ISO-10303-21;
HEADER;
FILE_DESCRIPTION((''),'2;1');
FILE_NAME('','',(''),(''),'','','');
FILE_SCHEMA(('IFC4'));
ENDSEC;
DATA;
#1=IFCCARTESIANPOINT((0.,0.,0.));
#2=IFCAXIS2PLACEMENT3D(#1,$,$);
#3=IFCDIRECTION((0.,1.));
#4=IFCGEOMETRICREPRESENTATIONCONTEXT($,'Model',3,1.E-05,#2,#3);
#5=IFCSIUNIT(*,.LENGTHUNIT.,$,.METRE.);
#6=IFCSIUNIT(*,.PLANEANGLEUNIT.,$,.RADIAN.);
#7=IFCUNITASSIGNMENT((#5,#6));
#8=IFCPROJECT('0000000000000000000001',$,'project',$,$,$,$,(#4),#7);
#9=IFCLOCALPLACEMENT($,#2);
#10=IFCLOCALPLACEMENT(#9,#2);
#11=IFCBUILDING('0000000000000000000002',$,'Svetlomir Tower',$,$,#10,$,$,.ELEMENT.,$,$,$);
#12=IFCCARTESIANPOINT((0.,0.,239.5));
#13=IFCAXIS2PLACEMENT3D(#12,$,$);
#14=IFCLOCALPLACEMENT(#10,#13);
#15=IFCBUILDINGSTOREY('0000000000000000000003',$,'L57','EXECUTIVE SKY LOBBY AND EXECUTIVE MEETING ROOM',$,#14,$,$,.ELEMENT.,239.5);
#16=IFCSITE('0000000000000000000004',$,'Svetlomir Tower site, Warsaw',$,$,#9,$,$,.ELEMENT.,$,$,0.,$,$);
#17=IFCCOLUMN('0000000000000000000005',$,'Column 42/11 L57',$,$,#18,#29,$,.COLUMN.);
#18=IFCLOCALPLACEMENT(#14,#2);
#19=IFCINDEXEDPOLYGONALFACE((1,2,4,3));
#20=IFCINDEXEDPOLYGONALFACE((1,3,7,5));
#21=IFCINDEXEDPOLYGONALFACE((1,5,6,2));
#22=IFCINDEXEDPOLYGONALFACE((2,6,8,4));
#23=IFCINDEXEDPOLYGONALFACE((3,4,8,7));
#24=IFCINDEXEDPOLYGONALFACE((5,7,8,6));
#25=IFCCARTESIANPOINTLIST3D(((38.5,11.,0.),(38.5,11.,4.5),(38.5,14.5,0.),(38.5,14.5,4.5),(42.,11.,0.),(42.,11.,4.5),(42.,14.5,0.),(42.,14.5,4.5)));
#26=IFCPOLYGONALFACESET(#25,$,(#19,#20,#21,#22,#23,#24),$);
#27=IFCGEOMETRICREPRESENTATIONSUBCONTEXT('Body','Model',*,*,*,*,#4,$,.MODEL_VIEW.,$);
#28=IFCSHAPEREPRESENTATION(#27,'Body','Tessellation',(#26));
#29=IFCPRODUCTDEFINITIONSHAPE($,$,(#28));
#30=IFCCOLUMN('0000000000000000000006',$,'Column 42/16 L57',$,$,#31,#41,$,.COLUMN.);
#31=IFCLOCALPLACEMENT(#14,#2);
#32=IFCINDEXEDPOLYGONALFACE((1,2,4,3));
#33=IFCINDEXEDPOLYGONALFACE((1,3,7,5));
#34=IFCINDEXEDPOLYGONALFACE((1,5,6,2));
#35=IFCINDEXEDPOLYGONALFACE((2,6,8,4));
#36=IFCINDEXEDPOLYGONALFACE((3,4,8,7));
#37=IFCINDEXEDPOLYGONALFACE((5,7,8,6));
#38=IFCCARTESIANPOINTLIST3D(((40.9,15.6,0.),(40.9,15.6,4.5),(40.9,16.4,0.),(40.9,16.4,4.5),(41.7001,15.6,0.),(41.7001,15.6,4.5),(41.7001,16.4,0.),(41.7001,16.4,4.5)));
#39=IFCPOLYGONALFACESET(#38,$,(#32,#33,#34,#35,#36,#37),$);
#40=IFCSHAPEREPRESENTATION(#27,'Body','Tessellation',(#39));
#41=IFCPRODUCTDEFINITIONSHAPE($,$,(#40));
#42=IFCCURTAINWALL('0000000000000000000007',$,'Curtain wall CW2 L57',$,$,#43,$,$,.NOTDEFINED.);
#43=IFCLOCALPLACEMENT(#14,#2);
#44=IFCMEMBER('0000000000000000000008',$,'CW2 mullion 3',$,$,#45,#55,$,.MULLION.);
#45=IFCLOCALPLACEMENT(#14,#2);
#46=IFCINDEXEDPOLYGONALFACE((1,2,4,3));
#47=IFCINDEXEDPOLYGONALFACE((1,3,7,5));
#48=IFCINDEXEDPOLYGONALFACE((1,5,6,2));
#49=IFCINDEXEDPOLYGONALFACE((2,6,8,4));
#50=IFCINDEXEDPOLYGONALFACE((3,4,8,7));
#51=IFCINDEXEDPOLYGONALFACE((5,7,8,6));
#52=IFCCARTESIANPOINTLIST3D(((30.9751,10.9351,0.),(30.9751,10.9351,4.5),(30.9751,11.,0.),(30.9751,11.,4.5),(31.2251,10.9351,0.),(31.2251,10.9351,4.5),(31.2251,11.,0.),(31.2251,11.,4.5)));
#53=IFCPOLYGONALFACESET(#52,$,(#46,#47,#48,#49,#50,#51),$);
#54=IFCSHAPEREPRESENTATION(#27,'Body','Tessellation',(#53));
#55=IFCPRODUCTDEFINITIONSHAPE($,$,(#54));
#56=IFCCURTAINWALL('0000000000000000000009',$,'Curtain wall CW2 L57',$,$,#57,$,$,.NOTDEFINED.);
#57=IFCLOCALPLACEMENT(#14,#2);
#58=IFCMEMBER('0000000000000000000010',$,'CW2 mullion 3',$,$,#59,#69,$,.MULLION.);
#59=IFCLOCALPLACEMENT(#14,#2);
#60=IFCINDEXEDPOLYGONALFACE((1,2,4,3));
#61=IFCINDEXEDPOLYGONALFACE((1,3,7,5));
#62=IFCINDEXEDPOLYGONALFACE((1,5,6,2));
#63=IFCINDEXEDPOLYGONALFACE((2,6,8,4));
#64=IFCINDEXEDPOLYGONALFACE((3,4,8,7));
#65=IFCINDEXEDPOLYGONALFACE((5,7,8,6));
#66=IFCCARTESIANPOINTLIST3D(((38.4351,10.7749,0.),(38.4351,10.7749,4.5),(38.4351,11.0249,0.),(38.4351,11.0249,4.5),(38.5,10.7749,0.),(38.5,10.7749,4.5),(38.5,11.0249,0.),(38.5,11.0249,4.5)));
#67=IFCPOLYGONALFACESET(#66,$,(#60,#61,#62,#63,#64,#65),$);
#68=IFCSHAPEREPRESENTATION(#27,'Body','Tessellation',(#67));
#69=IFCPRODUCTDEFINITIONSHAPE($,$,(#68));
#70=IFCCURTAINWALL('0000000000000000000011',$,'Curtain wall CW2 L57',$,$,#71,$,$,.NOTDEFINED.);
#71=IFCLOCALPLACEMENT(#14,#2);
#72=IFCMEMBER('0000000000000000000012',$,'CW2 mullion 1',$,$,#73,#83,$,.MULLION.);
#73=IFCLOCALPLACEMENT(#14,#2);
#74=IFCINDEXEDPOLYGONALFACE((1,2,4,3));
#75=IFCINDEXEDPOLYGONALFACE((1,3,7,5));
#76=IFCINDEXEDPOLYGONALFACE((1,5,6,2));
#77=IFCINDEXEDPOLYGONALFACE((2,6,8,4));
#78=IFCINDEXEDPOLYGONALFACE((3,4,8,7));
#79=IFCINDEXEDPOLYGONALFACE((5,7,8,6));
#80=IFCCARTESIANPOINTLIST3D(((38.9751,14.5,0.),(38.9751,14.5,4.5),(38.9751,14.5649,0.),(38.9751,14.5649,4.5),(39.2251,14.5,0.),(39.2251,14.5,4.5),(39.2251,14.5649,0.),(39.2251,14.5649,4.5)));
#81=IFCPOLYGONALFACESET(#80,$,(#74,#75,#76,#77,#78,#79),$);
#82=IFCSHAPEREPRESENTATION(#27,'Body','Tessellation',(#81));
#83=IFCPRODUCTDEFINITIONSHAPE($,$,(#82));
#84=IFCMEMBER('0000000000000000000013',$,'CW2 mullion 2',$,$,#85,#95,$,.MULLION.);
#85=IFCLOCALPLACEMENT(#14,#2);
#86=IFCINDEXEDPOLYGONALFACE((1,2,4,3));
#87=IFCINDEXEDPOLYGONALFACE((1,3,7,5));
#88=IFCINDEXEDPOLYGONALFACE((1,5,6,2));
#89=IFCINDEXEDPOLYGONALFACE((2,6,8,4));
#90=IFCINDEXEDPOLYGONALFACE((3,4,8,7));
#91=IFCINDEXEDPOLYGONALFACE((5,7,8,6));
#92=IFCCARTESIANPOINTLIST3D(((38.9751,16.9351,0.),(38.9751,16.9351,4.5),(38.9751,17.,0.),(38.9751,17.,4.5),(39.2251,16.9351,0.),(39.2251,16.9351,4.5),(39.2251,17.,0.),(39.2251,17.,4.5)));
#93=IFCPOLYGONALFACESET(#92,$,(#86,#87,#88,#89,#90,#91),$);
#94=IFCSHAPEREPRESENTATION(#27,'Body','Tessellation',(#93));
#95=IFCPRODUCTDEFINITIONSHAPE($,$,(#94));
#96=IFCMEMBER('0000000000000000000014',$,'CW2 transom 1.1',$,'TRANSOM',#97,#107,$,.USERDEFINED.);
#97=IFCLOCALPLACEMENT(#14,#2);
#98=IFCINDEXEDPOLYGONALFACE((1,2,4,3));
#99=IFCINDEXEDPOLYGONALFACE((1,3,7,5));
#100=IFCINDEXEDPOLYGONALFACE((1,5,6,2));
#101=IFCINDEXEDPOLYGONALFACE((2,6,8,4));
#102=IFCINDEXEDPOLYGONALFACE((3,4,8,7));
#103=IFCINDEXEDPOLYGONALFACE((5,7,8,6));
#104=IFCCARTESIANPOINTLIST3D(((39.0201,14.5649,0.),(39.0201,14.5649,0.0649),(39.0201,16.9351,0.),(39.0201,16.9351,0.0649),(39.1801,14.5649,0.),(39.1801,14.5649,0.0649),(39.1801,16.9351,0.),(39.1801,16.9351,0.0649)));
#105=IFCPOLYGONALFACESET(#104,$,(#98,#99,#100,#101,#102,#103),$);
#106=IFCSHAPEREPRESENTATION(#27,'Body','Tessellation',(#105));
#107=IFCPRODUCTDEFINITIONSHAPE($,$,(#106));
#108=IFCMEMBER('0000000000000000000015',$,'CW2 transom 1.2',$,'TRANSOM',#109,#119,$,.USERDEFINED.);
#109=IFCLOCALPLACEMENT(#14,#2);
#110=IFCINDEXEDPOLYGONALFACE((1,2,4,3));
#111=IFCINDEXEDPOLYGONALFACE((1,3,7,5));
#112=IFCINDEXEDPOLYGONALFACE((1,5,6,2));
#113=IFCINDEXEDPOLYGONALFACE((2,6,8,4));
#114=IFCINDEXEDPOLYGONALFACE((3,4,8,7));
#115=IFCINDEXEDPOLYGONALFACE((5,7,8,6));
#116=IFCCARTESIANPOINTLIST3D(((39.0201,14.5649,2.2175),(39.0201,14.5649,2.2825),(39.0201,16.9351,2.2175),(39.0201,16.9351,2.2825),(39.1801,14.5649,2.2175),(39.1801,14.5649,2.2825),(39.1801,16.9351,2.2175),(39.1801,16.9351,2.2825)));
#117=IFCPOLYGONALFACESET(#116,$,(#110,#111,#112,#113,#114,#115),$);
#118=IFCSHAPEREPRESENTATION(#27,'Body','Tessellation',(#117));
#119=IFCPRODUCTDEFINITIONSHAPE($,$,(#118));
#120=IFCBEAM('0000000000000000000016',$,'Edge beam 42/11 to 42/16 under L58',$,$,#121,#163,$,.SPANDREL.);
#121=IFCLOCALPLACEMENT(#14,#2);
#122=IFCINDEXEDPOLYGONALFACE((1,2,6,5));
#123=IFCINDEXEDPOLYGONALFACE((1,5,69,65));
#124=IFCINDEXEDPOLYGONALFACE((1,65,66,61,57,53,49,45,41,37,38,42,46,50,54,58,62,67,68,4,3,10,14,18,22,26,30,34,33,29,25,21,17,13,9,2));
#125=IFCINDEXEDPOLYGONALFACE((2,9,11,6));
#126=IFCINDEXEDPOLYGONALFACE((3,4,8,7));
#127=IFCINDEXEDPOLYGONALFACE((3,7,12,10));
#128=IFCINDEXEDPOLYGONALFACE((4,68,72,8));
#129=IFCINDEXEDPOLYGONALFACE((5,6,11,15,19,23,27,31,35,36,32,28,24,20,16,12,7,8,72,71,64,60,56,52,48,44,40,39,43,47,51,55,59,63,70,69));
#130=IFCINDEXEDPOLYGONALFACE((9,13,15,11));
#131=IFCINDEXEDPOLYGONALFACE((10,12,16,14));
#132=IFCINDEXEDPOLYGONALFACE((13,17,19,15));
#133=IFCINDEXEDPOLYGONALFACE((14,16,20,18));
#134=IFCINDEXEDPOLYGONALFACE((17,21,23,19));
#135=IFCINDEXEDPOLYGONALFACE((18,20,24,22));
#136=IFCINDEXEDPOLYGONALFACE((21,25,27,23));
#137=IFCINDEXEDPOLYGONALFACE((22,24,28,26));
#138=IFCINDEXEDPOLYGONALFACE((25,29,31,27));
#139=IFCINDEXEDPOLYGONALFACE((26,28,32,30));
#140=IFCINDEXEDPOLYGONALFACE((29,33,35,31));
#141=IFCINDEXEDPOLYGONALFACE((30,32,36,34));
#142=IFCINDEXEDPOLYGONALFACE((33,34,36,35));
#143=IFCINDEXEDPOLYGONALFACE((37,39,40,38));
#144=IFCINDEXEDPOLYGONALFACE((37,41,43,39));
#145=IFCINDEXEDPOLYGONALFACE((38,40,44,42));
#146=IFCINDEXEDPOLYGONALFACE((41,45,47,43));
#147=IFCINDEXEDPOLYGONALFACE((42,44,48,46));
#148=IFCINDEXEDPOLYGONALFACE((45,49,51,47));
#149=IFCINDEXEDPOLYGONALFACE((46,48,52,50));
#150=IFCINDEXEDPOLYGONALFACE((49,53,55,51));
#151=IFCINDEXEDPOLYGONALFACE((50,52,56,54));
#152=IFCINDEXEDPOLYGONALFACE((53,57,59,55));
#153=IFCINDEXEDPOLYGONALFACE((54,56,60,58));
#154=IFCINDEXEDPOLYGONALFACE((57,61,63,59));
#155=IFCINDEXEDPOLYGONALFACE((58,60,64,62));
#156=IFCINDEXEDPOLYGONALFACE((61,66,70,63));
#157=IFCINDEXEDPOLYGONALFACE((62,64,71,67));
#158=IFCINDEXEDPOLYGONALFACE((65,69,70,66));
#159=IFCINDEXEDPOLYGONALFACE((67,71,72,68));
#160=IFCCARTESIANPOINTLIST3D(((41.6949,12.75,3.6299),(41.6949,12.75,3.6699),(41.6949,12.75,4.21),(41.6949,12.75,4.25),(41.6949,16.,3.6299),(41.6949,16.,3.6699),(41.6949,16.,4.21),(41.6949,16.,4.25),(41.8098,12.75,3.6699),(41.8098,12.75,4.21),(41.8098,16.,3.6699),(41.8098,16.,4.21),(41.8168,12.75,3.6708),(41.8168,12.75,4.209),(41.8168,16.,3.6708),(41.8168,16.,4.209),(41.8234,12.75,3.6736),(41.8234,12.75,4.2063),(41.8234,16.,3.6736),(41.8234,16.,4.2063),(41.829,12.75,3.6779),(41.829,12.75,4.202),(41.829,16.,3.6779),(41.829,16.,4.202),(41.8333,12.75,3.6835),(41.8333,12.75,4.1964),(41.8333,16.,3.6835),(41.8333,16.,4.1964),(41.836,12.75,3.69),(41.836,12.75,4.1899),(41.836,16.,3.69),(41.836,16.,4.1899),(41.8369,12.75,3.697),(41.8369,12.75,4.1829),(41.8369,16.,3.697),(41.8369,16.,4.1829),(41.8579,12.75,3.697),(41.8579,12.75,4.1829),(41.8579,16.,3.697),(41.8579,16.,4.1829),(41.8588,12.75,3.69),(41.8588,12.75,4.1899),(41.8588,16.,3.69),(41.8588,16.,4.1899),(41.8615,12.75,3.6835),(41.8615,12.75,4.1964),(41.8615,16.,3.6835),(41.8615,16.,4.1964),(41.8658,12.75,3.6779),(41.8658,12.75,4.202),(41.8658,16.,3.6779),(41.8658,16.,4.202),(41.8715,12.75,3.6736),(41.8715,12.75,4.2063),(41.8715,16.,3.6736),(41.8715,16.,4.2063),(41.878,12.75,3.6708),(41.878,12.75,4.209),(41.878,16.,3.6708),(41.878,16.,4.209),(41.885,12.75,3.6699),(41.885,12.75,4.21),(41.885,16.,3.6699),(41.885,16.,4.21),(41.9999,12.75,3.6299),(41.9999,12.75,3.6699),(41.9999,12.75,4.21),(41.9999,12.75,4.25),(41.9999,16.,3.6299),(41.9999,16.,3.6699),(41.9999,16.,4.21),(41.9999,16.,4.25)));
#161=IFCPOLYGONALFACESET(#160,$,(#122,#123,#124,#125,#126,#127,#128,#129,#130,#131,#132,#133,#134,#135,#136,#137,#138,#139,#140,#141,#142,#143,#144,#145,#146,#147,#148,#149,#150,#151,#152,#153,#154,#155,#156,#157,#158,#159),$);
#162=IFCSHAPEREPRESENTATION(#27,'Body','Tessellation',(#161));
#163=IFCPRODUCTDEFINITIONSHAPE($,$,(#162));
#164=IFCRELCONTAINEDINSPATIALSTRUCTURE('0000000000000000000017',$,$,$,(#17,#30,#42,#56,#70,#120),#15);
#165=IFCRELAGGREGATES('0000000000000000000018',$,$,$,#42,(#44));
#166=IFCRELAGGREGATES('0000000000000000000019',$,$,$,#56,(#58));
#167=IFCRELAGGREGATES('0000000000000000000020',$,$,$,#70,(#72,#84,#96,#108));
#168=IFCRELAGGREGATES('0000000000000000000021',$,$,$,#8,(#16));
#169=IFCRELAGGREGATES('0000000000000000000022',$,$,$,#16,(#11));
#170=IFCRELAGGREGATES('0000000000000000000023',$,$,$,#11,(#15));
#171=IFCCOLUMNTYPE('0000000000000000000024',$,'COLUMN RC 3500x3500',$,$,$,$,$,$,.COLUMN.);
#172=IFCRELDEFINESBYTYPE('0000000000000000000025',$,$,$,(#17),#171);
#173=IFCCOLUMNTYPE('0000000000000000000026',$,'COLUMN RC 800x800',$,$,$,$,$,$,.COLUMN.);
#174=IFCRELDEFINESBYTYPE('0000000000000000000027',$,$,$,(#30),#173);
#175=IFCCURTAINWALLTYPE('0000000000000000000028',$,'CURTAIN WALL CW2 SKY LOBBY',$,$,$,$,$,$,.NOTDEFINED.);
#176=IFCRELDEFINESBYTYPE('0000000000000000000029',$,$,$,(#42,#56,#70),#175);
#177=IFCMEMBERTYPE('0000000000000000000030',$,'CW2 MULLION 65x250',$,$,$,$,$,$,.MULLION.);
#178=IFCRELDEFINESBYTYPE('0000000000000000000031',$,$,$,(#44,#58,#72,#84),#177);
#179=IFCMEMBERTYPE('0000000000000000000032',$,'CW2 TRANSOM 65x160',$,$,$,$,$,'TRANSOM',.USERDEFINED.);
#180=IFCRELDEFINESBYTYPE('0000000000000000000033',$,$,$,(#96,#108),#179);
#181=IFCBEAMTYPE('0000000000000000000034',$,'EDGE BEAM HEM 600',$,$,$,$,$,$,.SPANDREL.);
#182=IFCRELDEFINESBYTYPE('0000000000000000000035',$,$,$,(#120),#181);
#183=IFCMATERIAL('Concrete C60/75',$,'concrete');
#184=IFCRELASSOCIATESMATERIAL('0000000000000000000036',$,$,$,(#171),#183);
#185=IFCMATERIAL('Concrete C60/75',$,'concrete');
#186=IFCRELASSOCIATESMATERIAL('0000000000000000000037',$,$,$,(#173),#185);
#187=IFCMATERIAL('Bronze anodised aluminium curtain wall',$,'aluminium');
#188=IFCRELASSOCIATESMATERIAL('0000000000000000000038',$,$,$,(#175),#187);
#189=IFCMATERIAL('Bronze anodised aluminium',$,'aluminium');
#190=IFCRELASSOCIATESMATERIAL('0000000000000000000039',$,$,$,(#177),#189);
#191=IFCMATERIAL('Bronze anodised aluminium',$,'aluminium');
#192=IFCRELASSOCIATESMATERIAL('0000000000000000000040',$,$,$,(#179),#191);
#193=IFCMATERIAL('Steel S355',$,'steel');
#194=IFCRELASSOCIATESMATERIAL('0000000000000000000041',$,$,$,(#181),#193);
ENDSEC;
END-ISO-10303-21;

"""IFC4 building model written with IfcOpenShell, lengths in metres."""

from ifc_helpers import new_model, si_unit, direction, frame, origin, origin_2d, place, context, subcontext, project, spatial, rectangle, i_section, extrude, material, material_profile, profile_set, type_object, element, aggregate, save


model = new_model("IFC4")

# Units and contexts
model_context = context("Model", 3, precision=1e-05, world=origin(), true_north=direction((0.0, 1.0)))
body_context = subcontext(model_context, "Body", "Model", "MODEL_VIEW")
ifc_project = project(units=[si_unit("LENGTHUNIT", "METRE"), si_unit("PLANEANGLEUNIT", "RADIAN")], contexts=[model_context])

# Site, building, storey
site_placement = place(None, origin())
site = spatial("IfcSite", under=ifc_project, at=site_placement, Name="Svetlomir Tower site, Warsaw", CompositionType="ELEMENT", RefElevation=0.0)
building_placement = place(site_placement, origin())
building = spatial("IfcBuilding", under=site, at=building_placement, Name="Svetlomir Tower", CompositionType="ELEMENT")
storey_placement = place(building_placement, frame((0.0, 0.0, 239.5)))
storey = spatial("IfcBuildingStorey", under=building, at=storey_placement, Name="L57", Description="EXECUTIVE SKY LOBBY AND EXECUTIVE MEETING ROOM", CompositionType="ELEMENT", Elevation=239.5)

# Columns
ifc_material_1 = material(Name="Concrete C60/75", Category="concrete")
ifc_material_profile_1 = material_profile(ifc_material_1, rectangle(XDim=3.5, YDim=3.5, at=origin_2d()), Name="RC 3500x3500")
ifc_profile_set_1 = profile_set([ifc_material_profile_1], Name="Concrete C60/75")
column_type_1 = type_object("IfcColumnType", Name="COLUMN RC 3500x3500", PredefinedType="COLUMN", material=ifc_profile_set_1)
column_1_placement = place(storey_placement, frame((40.25, 12.75, 0.0), z_axis=(0.0, 0.0, 1.0), x_axis=(1.0, 0.0, 0.0)))
element("IfcColumn", 1, at=column_1_placement, inside=storey, type_object=column_type_1, Name="Column 42/11 L57", PredefinedType="COLUMN", context=body_context, shape_type="SweptSolid", body=[
    extrude(rectangle(XDim=3.5, YDim=3.5, at=origin_2d()), origin(), (0.0, 0.0, 1.0), 4.5),
])
ifc_material_2 = material(Name="Concrete C60/75", Category="concrete")
ifc_material_profile_2 = material_profile(ifc_material_2, rectangle(XDim=0.8, YDim=0.8, at=origin_2d()), Name="RC 800x800")
ifc_profile_set_2 = profile_set([ifc_material_profile_2], Name="Concrete C60/75")
column_type_2 = type_object("IfcColumnType", Name="COLUMN RC 800x800", PredefinedType="COLUMN", material=ifc_profile_set_2)
column_2_placement = place(storey_placement, frame((41.3, 16.0, 0.0), z_axis=(0.0, 0.0, 1.0), x_axis=(1.0, 0.0, 0.0)))
element("IfcColumn", 2, at=column_2_placement, inside=storey, type_object=column_type_2, Name="Column 42/16 L57", PredefinedType="COLUMN", context=body_context, shape_type="SweptSolid", body=[
    extrude(rectangle(XDim=0.8, YDim=0.8, at=origin_2d()), origin(), (0.0, 0.0, 1.0), 4.5),
])

# Curtain walls, members
ifc_material_3 = material(Name="Bronze anodised aluminium curtain wall", Category="aluminium")
curtain_wall_type = type_object("IfcCurtainWallType", Name="CURTAIN WALL CW2 SKY LOBBY", PredefinedType="NOTDEFINED", material=ifc_material_3)
curtain_wall_1_placement = place(storey_placement, origin())
curtain_wall_1 = element("IfcCurtainWall", 3, at=curtain_wall_1_placement, inside=storey, type_object=curtain_wall_type, Name="Curtain wall CW2 L57", PredefinedType="NOTDEFINED")
ifc_material_4 = material(Name="Bronze anodised aluminium", Category="aluminium")
ifc_material_profile_3 = material_profile(ifc_material_4, rectangle(XDim=0.0649, YDim=0.25, at=origin_2d()), Name="AL 65x250")
ifc_profile_set_3 = profile_set([ifc_material_profile_3], Name="Bronze anodised aluminium 6063-T6")
member_type_1 = type_object("IfcMemberType", Name="CW2 MULLION 65x250", PredefinedType="MULLION", material=ifc_profile_set_3)
member_1_placement = place(storey_placement, frame((31.1001, 10.9675, 0.0), z_axis=(0.0, 0.0, 1.0), x_axis=(0.0, 1.0, 0.0)))
member_1 = element("IfcMember", 4, at=member_1_placement, type_object=member_type_1, Name="CW2 mullion 3", PredefinedType="MULLION", context=body_context, shape_type="SweptSolid", body=[
    extrude(rectangle(XDim=0.0649, YDim=0.25, at=origin_2d()), origin(), (0.0, 0.0, 1.0), 4.5),
])
aggregate(curtain_wall_1, [member_1])
curtain_wall_2_placement = place(storey_placement, origin())
curtain_wall_2 = element("IfcCurtainWall", 5, at=curtain_wall_2_placement, inside=storey, type_object=curtain_wall_type, Name="Curtain wall CW2 L57", PredefinedType="NOTDEFINED")
member_2_placement = place(storey_placement, frame((38.4675, 10.8999, 0.0), z_axis=(0.0, 0.0, 1.0), x_axis=(1.0, 0.0, 0.0)))
member_2 = element("IfcMember", 6, at=member_2_placement, type_object=member_type_1, Name="CW2 mullion 3", PredefinedType="MULLION", context=body_context, shape_type="SweptSolid", body=[
    extrude(rectangle(XDim=0.0649, YDim=0.25, at=origin_2d()), origin(), (0.0, 0.0, 1.0), 4.5),
])

# Curtain wall, members
curtain_wall_3_placement = place(storey_placement, origin())
curtain_wall_3 = element("IfcCurtainWall", 7, at=curtain_wall_3_placement, inside=storey, type_object=curtain_wall_type, Name="Curtain wall CW2 L57", PredefinedType="NOTDEFINED")
member_3_placement = place(storey_placement, frame((39.1001, 14.5325, 0.0), z_axis=(0.0, 0.0, 1.0), x_axis=(0.0, 1.0, 0.0)))
member_3 = element("IfcMember", 8, at=member_3_placement, type_object=member_type_1, Name="CW2 mullion 1", PredefinedType="MULLION", context=body_context, shape_type="SweptSolid", body=[
    extrude(rectangle(XDim=0.0649, YDim=0.25, at=origin_2d()), origin(), (0.0, 0.0, 1.0), 4.5),
])
member_4_placement = place(storey_placement, frame((39.1001, 16.9675, 0.0), z_axis=(0.0, 0.0, 1.0), x_axis=(0.0, 1.0, 0.0)))
member_4 = element("IfcMember", 9, at=member_4_placement, type_object=member_type_1, Name="CW2 mullion 2", PredefinedType="MULLION", context=body_context, shape_type="SweptSolid", body=[
    extrude(rectangle(XDim=0.0649, YDim=0.25, at=origin_2d()), origin(), (0.0, 0.0, 1.0), 4.5),
])
ifc_material_5 = material(Name="Bronze anodised aluminium", Category="aluminium")
ifc_material_profile_4 = material_profile(ifc_material_5, rectangle(XDim=0.1599, YDim=0.0649, at=origin_2d()), Name="AL 160x65")
ifc_profile_set_4 = profile_set([ifc_material_profile_4], Name="Bronze anodised aluminium 6063-T6")
member_type_2 = type_object("IfcMemberType", Name="CW2 TRANSOM 65x160", ElementType="TRANSOM", PredefinedType="USERDEFINED", material=ifc_profile_set_4)
member_5_placement = place(storey_placement, frame((39.1001, 14.5649, 0.0325), z_axis=(0.0, 1.0, 0.0), x_axis=(-1.0, 0.0, 0.0)))
member_5 = element("IfcMember", 10, at=member_5_placement, type_object=member_type_2, Name="CW2 transom 1.1", ObjectType="TRANSOM", PredefinedType="USERDEFINED", context=body_context, shape_type="SweptSolid", body=[
    extrude(rectangle(XDim=0.1599, YDim=0.0649, at=origin_2d()), origin(), (0.0, 0.0, 1.0), 2.3701),
])
member_6_placement = place(storey_placement, frame((39.1001, 14.5649, 2.25), z_axis=(0.0, 1.0, 0.0), x_axis=(-1.0, 0.0, 0.0)))
member_6 = element("IfcMember", 11, at=member_6_placement, type_object=member_type_2, Name="CW2 transom 1.2", ObjectType="TRANSOM", PredefinedType="USERDEFINED", context=body_context, shape_type="SweptSolid", body=[
    extrude(rectangle(XDim=0.1599, YDim=0.0649, at=origin_2d()), origin(), (0.0, 0.0, 1.0), 2.3701),
])

# Beam
ifc_material_6 = material(Name="Steel S355", Category="steel")
ifc_material_profile_5 = material_profile(ifc_material_6, i_section(OverallWidth=0.3049, OverallDepth=0.6201, WebThickness=0.021, FlangeThickness=0.04, FilletRadius=0.0271, at=origin_2d()), Name="HEM 600")
ifc_profile_set_5 = profile_set([ifc_material_profile_5], Name="Steel S355")
beam_type_1 = type_object("IfcBeamType", Name="EDGE BEAM HEM 600", PredefinedType="SPANDREL", material=ifc_profile_set_5)
beam_1_placement = place(storey_placement, frame((41.8474, 12.75, 3.9399), z_axis=(0.0, 1.0, 0.0), x_axis=(-1.0, 0.0, 0.0)))
element("IfcBeam", 12, at=beam_1_placement, inside=storey, type_object=beam_type_1, Name="Edge beam 42/11 to 42/16 under L58", PredefinedType="SPANDREL", context=body_context, shape_type="SweptSolid", body=[
    extrude(i_section(OverallWidth=0.3049, OverallDepth=0.6201, WebThickness=0.021, FlangeThickness=0.04, FilletRadius=0.0271, at=origin_2d()), origin(), (0.0, 0.0, 1.0), 3.25),
])

aggregate(curtain_wall_2, [member_2])
aggregate(curtain_wall_3, [member_3, member_4, member_5, member_6])

save(model, "model.ifc")
